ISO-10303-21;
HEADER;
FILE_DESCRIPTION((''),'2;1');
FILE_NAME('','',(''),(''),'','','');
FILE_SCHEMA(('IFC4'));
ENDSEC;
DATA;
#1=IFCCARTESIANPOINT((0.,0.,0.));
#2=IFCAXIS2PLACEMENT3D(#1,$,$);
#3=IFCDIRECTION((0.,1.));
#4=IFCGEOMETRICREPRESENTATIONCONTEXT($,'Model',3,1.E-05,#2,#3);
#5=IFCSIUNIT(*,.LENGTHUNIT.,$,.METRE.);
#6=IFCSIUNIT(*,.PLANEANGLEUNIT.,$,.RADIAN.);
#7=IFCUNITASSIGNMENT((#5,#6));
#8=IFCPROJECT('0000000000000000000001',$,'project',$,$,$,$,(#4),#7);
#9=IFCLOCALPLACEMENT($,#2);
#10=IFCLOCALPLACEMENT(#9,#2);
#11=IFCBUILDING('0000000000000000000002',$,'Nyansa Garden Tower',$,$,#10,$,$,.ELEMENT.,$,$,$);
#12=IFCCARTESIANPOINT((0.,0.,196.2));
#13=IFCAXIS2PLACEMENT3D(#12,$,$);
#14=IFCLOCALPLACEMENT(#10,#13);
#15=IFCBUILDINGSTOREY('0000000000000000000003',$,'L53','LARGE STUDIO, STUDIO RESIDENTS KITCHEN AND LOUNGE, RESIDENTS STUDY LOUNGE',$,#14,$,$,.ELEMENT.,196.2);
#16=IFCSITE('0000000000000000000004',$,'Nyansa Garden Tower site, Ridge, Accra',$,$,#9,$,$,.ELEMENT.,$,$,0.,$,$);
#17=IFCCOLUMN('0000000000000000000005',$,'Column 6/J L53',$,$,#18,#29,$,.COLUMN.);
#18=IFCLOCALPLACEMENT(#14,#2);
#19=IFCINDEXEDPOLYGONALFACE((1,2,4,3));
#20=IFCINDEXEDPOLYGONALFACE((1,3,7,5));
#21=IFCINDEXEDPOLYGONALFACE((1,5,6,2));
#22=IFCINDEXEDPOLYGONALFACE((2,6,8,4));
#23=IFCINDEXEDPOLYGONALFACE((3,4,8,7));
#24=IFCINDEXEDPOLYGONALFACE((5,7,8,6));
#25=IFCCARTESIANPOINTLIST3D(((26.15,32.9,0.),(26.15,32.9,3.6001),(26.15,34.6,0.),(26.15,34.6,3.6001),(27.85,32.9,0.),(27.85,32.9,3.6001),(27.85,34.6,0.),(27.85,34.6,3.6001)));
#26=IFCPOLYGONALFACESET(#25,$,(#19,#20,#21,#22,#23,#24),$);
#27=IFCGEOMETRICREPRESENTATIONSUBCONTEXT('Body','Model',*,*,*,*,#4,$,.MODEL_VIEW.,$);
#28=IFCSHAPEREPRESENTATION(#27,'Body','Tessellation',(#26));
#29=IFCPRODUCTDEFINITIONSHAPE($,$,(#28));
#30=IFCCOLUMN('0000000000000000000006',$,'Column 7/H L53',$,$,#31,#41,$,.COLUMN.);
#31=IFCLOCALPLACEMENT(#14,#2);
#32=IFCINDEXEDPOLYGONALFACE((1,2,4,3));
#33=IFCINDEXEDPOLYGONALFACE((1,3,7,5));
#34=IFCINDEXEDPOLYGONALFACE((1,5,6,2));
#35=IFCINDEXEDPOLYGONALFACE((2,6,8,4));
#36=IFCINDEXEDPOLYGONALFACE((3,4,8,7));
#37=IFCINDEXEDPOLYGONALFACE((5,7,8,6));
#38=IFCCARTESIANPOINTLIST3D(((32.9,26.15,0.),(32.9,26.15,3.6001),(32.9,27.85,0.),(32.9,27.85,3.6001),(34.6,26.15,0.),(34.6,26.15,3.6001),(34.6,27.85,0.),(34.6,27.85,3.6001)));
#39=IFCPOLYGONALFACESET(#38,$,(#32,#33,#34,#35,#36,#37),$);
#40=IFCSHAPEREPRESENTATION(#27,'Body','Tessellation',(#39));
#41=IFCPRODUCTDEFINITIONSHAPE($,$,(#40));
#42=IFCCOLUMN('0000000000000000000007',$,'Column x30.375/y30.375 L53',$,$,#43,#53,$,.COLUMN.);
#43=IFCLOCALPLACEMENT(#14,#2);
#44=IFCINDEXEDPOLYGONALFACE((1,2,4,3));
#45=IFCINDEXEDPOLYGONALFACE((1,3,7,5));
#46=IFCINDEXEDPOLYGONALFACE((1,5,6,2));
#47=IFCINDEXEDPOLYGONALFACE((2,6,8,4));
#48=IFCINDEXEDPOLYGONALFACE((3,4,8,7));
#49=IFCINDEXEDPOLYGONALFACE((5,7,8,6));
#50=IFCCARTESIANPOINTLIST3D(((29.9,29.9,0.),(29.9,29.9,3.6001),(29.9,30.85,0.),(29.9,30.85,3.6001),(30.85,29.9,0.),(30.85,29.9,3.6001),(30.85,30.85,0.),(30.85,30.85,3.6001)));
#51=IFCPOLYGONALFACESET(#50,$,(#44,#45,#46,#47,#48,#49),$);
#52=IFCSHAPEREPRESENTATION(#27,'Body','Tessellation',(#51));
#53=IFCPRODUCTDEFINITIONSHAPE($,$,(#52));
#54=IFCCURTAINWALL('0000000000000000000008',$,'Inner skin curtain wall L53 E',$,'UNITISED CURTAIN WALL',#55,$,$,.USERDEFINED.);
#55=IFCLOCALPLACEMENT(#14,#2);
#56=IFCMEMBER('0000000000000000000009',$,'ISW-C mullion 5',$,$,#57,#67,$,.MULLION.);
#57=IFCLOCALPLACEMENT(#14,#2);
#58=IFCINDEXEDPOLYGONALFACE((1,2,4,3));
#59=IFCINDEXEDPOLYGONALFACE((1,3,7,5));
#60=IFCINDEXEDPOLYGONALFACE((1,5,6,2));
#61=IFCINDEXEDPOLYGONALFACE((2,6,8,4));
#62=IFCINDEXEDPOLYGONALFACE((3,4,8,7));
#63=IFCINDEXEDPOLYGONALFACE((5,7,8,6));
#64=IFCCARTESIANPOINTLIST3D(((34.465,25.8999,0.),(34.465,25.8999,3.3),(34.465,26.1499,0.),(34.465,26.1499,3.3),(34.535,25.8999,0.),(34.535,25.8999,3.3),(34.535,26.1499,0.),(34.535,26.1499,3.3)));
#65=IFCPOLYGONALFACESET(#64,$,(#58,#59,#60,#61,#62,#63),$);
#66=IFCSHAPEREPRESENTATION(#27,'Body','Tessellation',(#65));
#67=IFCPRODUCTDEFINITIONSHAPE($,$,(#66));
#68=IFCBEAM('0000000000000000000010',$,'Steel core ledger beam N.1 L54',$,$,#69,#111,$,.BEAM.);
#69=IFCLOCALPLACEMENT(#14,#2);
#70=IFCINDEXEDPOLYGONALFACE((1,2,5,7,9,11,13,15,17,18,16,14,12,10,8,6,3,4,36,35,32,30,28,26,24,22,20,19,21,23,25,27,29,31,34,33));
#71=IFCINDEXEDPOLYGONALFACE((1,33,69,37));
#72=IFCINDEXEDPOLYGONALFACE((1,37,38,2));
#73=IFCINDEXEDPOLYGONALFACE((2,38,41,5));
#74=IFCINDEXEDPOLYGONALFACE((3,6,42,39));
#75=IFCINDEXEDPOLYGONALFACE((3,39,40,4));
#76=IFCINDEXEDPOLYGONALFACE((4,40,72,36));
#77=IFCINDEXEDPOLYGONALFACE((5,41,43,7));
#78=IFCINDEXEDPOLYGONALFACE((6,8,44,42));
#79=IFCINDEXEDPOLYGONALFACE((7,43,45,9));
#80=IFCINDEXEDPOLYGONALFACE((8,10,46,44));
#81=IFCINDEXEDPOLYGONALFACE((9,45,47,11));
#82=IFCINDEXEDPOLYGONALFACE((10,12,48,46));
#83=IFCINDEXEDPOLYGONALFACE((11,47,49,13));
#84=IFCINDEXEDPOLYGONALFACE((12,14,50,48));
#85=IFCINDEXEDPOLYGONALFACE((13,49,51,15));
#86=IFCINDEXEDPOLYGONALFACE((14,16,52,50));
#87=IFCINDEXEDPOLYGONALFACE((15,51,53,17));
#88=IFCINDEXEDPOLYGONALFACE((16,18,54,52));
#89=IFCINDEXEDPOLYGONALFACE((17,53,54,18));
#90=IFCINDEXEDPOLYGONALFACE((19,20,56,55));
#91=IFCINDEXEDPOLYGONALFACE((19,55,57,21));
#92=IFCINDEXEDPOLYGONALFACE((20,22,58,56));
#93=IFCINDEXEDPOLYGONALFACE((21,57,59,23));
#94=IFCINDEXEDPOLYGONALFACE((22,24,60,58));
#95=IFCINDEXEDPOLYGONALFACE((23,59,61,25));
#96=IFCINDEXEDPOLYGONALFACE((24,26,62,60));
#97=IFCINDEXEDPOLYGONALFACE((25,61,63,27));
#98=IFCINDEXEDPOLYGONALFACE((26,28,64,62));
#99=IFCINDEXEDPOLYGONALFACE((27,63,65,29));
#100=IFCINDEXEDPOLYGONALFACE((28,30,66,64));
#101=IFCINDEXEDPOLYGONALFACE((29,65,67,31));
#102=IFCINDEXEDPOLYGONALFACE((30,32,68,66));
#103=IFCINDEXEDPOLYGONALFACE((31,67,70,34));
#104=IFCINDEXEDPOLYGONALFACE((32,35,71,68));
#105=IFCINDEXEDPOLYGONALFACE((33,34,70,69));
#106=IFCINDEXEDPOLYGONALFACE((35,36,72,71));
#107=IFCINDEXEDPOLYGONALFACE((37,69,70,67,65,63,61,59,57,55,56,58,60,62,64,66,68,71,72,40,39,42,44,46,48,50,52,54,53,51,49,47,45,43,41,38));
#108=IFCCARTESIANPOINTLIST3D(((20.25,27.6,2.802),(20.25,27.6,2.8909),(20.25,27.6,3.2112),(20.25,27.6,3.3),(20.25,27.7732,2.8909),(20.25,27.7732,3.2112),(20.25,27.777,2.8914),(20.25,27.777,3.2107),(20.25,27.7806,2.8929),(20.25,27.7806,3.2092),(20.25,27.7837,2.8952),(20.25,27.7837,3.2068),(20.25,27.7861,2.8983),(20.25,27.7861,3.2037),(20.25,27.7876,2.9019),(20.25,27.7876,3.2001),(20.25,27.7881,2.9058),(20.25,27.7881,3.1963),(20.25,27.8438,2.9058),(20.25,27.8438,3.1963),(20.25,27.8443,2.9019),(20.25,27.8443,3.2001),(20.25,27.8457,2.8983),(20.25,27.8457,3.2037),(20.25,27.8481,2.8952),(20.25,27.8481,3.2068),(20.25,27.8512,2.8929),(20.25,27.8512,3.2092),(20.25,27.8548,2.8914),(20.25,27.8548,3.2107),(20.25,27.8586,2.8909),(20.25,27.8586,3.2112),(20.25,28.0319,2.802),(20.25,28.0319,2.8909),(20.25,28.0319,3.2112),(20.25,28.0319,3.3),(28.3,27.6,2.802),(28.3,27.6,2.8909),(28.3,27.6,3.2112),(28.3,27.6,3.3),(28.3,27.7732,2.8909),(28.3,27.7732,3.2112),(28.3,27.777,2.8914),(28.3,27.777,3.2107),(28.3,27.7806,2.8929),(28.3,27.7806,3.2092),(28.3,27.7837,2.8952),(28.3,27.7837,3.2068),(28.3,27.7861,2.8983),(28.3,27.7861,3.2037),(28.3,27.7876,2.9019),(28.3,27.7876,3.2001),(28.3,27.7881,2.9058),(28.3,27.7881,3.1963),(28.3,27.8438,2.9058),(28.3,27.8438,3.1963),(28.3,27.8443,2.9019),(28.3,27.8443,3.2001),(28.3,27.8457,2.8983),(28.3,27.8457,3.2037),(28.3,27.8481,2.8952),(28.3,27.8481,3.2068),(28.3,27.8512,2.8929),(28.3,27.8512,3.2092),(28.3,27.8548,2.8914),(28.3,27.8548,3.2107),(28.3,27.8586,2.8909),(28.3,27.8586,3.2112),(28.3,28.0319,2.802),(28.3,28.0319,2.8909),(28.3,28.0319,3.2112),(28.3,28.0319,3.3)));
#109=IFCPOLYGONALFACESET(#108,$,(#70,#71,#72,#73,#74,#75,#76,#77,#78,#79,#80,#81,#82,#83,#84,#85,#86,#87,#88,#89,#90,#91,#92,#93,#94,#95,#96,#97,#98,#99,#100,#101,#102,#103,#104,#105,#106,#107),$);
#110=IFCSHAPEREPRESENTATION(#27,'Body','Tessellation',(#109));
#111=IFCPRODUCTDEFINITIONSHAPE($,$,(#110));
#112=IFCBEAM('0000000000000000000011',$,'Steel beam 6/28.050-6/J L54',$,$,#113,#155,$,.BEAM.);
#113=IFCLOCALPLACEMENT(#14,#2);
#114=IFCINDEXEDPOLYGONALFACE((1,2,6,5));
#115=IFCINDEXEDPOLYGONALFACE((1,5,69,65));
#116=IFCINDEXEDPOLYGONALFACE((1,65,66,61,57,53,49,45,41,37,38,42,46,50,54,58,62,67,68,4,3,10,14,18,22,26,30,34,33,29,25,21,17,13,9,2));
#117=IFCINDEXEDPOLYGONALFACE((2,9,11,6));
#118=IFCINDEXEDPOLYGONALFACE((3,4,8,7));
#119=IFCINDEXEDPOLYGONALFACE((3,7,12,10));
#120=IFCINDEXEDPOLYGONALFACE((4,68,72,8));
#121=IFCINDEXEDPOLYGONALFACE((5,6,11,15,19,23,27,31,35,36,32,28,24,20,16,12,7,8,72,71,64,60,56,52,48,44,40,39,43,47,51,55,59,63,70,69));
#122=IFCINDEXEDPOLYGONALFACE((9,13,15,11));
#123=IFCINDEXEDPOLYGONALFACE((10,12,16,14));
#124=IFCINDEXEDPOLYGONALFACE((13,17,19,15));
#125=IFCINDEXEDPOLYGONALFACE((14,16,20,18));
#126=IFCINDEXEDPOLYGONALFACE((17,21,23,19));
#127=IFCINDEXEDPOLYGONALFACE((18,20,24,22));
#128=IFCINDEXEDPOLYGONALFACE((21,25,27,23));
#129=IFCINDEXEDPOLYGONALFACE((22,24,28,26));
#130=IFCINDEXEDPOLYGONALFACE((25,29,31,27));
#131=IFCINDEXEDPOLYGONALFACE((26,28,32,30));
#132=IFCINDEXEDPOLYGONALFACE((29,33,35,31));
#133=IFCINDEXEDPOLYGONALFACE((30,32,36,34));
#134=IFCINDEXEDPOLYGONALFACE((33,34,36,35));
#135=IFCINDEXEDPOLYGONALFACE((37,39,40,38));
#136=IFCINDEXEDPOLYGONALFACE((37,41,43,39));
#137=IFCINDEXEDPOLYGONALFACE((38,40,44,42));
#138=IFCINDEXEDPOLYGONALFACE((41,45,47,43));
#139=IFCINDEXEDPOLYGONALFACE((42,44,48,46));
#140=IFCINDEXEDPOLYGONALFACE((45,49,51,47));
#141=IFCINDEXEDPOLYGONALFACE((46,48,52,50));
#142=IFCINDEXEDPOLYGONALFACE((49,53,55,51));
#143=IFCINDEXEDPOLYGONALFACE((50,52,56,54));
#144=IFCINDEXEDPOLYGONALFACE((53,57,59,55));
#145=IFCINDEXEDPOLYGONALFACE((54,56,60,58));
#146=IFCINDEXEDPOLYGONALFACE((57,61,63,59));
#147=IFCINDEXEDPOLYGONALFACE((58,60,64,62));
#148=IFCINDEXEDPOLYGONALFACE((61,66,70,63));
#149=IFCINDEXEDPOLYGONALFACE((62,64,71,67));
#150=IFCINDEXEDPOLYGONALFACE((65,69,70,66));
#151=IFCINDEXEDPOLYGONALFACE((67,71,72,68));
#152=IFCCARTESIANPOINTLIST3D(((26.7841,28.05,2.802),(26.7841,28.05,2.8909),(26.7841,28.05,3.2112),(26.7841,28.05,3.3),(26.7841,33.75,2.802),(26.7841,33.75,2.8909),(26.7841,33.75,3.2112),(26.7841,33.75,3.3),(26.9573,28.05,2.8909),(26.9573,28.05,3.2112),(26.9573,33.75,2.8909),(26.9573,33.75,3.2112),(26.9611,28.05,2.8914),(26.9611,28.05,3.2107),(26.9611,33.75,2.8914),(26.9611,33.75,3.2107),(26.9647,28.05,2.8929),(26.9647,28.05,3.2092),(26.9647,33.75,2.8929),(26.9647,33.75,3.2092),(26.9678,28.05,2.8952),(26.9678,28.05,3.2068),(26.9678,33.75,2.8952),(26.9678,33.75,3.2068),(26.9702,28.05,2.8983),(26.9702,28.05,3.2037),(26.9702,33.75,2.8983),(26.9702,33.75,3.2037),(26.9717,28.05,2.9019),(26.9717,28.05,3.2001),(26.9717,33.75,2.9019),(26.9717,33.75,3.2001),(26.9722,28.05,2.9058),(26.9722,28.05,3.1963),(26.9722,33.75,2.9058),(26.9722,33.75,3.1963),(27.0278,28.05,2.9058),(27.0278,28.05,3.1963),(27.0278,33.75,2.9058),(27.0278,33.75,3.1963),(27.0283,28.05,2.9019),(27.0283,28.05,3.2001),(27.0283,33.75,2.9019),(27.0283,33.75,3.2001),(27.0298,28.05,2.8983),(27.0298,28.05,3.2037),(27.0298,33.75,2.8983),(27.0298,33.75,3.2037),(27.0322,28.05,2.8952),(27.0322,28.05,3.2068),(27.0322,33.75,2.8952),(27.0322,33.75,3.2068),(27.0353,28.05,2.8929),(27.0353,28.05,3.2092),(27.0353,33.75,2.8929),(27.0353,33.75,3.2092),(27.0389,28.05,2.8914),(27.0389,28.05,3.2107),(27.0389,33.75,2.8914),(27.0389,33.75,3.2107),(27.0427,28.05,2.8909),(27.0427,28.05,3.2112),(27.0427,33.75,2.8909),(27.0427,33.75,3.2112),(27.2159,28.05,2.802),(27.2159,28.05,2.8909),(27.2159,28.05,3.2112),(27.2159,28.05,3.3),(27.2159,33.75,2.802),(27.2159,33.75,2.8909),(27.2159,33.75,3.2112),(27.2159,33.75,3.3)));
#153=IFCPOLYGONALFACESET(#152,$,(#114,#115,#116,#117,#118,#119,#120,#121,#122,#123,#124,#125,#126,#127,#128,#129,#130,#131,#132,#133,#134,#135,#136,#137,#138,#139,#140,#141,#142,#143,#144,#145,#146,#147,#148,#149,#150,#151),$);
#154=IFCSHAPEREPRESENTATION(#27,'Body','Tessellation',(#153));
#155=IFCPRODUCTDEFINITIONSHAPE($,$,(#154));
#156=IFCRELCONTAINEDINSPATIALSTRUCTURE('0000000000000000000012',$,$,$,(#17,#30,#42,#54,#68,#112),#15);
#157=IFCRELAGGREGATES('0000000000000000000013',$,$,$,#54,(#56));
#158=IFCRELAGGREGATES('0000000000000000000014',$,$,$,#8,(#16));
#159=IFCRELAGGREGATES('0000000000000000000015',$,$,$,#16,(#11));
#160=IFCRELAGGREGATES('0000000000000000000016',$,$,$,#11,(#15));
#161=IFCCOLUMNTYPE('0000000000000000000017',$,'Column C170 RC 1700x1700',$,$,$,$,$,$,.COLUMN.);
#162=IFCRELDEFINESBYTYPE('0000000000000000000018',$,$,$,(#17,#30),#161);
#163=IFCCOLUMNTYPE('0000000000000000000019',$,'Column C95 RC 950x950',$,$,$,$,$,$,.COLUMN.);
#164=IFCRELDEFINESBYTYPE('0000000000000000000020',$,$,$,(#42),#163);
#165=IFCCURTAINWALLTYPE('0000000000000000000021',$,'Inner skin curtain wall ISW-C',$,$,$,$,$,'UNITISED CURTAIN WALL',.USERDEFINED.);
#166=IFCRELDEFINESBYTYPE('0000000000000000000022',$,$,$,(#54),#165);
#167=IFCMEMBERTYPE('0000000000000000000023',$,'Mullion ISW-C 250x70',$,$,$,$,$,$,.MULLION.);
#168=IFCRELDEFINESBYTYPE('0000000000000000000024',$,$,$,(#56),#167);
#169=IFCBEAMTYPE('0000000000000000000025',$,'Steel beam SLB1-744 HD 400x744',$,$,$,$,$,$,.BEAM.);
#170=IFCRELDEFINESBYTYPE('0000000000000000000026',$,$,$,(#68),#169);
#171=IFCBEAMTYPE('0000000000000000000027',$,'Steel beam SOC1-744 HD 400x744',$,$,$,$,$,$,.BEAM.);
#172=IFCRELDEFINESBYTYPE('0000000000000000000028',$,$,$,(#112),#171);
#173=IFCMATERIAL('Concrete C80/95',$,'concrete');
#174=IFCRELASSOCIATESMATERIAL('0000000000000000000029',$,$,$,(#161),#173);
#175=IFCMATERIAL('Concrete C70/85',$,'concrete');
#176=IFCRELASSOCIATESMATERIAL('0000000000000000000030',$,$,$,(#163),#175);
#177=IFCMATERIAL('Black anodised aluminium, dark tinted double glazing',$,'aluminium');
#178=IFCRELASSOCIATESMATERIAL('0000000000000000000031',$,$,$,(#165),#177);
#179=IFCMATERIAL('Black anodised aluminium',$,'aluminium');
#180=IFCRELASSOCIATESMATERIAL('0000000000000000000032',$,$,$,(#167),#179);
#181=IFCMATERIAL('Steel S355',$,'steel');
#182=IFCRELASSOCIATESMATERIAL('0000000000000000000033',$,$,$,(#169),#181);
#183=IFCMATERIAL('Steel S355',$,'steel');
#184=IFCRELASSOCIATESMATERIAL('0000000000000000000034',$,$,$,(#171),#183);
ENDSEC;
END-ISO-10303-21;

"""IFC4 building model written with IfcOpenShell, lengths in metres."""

from ifc_helpers import new_model, si_unit, direction, frame, origin, origin_2d, place, context, subcontext, project, spatial, rectangle, i_section, extrude, material, material_profile, profile_set, type_object, element, aggregate, save


model = new_model("IFC4")

# Units and contexts
model_context = context("Model", 3, precision=1e-05, world=origin(), true_north=direction((0.0, 1.0)))
body_context = subcontext(model_context, "Body", "Model", "MODEL_VIEW")
ifc_project = project(units=[si_unit("LENGTHUNIT", "METRE"), si_unit("PLANEANGLEUNIT", "RADIAN")], contexts=[model_context])

# Site, building, storey
site_placement = place(None, origin())
site = spatial("IfcSite", under=ifc_project, at=site_placement, Name="Nyansa Garden Tower site, Ridge, Accra", CompositionType="ELEMENT", RefElevation=0.0)
building_placement = place(site_placement, origin())
building = spatial("IfcBuilding", under=site, at=building_placement, Name="Nyansa Garden Tower", CompositionType="ELEMENT")
storey_placement = place(building_placement, frame((0.0, 0.0, 196.2)))
storey = spatial("IfcBuildingStorey", under=building, at=storey_placement, Name="L53", Description="LARGE STUDIO, STUDIO RESIDENTS KITCHEN AND LOUNGE, RESIDENTS STUDY LOUNGE", CompositionType="ELEMENT", Elevation=196.2)

# Columns
ifc_material_1 = material(Name="Concrete C80/95", Category="concrete")
ifc_material_profile_1 = material_profile(ifc_material_1, rectangle(XDim=1.7, YDim=1.7, at=origin_2d()), Name="RC 1700x1700")
ifc_profile_set_1 = profile_set([ifc_material_profile_1], Name="Concrete C80/95")
column_type_1 = type_object("IfcColumnType", Name="Column C170 RC 1700x1700", PredefinedType="COLUMN", material=ifc_profile_set_1)
for number, where, z_axis, x_axis, name in (
    (1, (27.0, 33.75, 0.0), (0.0, 0.0, 1.0), (1.0, 0.0, 0.0), "Column 6/J L53"),
    (2, (33.75, 27.0, 0.0), (0.0, 0.0, 1.0), (1.0, 0.0, 0.0), "Column 7/H L53"),
):
    element("IfcColumn", number, at=place(storey_placement, frame(where, z_axis=z_axis, x_axis=x_axis)), inside=storey, type_object=column_type_1, Name=name, PredefinedType="COLUMN", context=body_context, shape_type="SweptSolid", body=[
        extrude(rectangle(XDim=1.7, YDim=1.7, at=origin_2d()), origin(), (0.0, 0.0, 1.0), 3.6001),
    ])
ifc_material_2 = material(Name="Concrete C70/85", Category="concrete")
ifc_material_profile_2 = material_profile(ifc_material_2, rectangle(XDim=0.95, YDim=0.95, at=origin_2d()), Name="RC 950x950")
ifc_profile_set_2 = profile_set([ifc_material_profile_2], Name="Concrete C70/85")
column_type_2 = type_object("IfcColumnType", Name="Column C95 RC 950x950", PredefinedType="COLUMN", material=ifc_profile_set_2)
column_placement = place(storey_placement, frame((30.375, 30.375, 0.0), z_axis=(0.0, 0.0, 1.0), x_axis=(1.0, 0.0, 0.0)))
element("IfcColumn", 3, at=column_placement, inside=storey, type_object=column_type_2, Name="Column x30.375/y30.375 L53", PredefinedType="COLUMN", context=body_context, shape_type="SweptSolid", body=[
    extrude(rectangle(XDim=0.95, YDim=0.95, at=origin_2d()), origin(), (0.0, 0.0, 1.0), 3.6001),
])

# Curtain wall, member
ifc_material_3 = material(Name="Black anodised aluminium, dark tinted double glazing", Category="aluminium")
curtain_wall_type = type_object("IfcCurtainWallType", Name="Inner skin curtain wall ISW-C", ElementType="UNITISED CURTAIN WALL", PredefinedType="USERDEFINED", material=ifc_material_3)
curtain_wall_placement = place(storey_placement, origin())
curtain_wall = element("IfcCurtainWall", 4, at=curtain_wall_placement, inside=storey, type_object=curtain_wall_type, Name="Inner skin curtain wall L53 E", ObjectType="UNITISED CURTAIN WALL", PredefinedType="USERDEFINED")
ifc_material_4 = material(Name="Black anodised aluminium", Category="aluminium")
ifc_material_profile_3 = material_profile(ifc_material_4, rectangle(XDim=0.0701, YDim=0.25, at=origin_2d()), Name="Mullion 250x70")
ifc_profile_set_3 = profile_set([ifc_material_profile_3], Name="Black anodised aluminium")
member_type = type_object("IfcMemberType", Name="Mullion ISW-C 250x70", PredefinedType="MULLION", material=ifc_profile_set_3)
member_placement = place(storey_placement, frame((34.5, 26.0249, 0.0), z_axis=(0.0, 0.0, 1.0), x_axis=(-1.0, 0.0, 0.0)))
member = element("IfcMember", 5, at=member_placement, type_object=member_type, Name="ISW-C mullion 5", PredefinedType="MULLION", context=body_context, shape_type="SweptSolid", body=[
    extrude(rectangle(XDim=0.0701, YDim=0.25, at=origin_2d()), origin(), (0.0, 0.0, 1.0), 3.3),
])

# Beams
ifc_material_5 = material(Name="Steel S355", Category="steel")
ifc_material_profile_4 = material_profile(ifc_material_5, i_section(OverallWidth=0.4319, OverallDepth=0.498, WebThickness=0.0557, FlangeThickness=0.0889, FilletRadius=0.0149, at=origin_2d()), Name="HD 400x744")
ifc_profile_set_4 = profile_set([ifc_material_profile_4], Name="Steel S355")
beam_type_1 = type_object("IfcBeamType", Name="Steel beam SLB1-744 HD 400x744", PredefinedType="BEAM", material=ifc_profile_set_4)
beam_1_placement = place(storey_placement, frame((28.3, 27.8159, 3.051), z_axis=(-1.0, 0.0, 0.0), x_axis=(0.0, -1.0, 0.0)))
element("IfcBeam", 6, at=beam_1_placement, inside=storey, type_object=beam_type_1, Name="Steel core ledger beam N.1 L54", PredefinedType="BEAM", context=body_context, shape_type="SweptSolid", body=[
    extrude(i_section(OverallWidth=0.4319, OverallDepth=0.498, WebThickness=0.0557, FlangeThickness=0.0889, FilletRadius=0.0149, at=origin_2d()), origin(), (0.0, 0.0, 1.0), 8.05),
])
ifc_material_6 = material(Name="Steel S355", Category="steel")
ifc_material_profile_5 = material_profile(ifc_material_6, i_section(OverallWidth=0.4319, OverallDepth=0.498, WebThickness=0.0557, FlangeThickness=0.0889, FilletRadius=0.0149, at=origin_2d()), Name="HD 400x744")
ifc_profile_set_5 = profile_set([ifc_material_profile_5], Name="Steel S355")
beam_type_2 = type_object("IfcBeamType", Name="Steel beam SOC1-744 HD 400x744", PredefinedType="BEAM", material=ifc_profile_set_5)
beam_2_placement = place(storey_placement, frame((27.0, 28.05, 3.051), z_axis=(0.0, 1.0, 0.0), x_axis=(-1.0, 0.0, 0.0)))
element("IfcBeam", 7, at=beam_2_placement, inside=storey, type_object=beam_type_2, Name="Steel beam 6/28.050-6/J L54", PredefinedType="BEAM", context=body_context, shape_type="SweptSolid", body=[
    extrude(i_section(OverallWidth=0.4319, OverallDepth=0.498, WebThickness=0.0557, FlangeThickness=0.0889, FilletRadius=0.0149, at=origin_2d()), origin(), (0.0, 0.0, 1.0), 5.7),
])

aggregate(curtain_wall, [member])

save(model, "model.ifc")
